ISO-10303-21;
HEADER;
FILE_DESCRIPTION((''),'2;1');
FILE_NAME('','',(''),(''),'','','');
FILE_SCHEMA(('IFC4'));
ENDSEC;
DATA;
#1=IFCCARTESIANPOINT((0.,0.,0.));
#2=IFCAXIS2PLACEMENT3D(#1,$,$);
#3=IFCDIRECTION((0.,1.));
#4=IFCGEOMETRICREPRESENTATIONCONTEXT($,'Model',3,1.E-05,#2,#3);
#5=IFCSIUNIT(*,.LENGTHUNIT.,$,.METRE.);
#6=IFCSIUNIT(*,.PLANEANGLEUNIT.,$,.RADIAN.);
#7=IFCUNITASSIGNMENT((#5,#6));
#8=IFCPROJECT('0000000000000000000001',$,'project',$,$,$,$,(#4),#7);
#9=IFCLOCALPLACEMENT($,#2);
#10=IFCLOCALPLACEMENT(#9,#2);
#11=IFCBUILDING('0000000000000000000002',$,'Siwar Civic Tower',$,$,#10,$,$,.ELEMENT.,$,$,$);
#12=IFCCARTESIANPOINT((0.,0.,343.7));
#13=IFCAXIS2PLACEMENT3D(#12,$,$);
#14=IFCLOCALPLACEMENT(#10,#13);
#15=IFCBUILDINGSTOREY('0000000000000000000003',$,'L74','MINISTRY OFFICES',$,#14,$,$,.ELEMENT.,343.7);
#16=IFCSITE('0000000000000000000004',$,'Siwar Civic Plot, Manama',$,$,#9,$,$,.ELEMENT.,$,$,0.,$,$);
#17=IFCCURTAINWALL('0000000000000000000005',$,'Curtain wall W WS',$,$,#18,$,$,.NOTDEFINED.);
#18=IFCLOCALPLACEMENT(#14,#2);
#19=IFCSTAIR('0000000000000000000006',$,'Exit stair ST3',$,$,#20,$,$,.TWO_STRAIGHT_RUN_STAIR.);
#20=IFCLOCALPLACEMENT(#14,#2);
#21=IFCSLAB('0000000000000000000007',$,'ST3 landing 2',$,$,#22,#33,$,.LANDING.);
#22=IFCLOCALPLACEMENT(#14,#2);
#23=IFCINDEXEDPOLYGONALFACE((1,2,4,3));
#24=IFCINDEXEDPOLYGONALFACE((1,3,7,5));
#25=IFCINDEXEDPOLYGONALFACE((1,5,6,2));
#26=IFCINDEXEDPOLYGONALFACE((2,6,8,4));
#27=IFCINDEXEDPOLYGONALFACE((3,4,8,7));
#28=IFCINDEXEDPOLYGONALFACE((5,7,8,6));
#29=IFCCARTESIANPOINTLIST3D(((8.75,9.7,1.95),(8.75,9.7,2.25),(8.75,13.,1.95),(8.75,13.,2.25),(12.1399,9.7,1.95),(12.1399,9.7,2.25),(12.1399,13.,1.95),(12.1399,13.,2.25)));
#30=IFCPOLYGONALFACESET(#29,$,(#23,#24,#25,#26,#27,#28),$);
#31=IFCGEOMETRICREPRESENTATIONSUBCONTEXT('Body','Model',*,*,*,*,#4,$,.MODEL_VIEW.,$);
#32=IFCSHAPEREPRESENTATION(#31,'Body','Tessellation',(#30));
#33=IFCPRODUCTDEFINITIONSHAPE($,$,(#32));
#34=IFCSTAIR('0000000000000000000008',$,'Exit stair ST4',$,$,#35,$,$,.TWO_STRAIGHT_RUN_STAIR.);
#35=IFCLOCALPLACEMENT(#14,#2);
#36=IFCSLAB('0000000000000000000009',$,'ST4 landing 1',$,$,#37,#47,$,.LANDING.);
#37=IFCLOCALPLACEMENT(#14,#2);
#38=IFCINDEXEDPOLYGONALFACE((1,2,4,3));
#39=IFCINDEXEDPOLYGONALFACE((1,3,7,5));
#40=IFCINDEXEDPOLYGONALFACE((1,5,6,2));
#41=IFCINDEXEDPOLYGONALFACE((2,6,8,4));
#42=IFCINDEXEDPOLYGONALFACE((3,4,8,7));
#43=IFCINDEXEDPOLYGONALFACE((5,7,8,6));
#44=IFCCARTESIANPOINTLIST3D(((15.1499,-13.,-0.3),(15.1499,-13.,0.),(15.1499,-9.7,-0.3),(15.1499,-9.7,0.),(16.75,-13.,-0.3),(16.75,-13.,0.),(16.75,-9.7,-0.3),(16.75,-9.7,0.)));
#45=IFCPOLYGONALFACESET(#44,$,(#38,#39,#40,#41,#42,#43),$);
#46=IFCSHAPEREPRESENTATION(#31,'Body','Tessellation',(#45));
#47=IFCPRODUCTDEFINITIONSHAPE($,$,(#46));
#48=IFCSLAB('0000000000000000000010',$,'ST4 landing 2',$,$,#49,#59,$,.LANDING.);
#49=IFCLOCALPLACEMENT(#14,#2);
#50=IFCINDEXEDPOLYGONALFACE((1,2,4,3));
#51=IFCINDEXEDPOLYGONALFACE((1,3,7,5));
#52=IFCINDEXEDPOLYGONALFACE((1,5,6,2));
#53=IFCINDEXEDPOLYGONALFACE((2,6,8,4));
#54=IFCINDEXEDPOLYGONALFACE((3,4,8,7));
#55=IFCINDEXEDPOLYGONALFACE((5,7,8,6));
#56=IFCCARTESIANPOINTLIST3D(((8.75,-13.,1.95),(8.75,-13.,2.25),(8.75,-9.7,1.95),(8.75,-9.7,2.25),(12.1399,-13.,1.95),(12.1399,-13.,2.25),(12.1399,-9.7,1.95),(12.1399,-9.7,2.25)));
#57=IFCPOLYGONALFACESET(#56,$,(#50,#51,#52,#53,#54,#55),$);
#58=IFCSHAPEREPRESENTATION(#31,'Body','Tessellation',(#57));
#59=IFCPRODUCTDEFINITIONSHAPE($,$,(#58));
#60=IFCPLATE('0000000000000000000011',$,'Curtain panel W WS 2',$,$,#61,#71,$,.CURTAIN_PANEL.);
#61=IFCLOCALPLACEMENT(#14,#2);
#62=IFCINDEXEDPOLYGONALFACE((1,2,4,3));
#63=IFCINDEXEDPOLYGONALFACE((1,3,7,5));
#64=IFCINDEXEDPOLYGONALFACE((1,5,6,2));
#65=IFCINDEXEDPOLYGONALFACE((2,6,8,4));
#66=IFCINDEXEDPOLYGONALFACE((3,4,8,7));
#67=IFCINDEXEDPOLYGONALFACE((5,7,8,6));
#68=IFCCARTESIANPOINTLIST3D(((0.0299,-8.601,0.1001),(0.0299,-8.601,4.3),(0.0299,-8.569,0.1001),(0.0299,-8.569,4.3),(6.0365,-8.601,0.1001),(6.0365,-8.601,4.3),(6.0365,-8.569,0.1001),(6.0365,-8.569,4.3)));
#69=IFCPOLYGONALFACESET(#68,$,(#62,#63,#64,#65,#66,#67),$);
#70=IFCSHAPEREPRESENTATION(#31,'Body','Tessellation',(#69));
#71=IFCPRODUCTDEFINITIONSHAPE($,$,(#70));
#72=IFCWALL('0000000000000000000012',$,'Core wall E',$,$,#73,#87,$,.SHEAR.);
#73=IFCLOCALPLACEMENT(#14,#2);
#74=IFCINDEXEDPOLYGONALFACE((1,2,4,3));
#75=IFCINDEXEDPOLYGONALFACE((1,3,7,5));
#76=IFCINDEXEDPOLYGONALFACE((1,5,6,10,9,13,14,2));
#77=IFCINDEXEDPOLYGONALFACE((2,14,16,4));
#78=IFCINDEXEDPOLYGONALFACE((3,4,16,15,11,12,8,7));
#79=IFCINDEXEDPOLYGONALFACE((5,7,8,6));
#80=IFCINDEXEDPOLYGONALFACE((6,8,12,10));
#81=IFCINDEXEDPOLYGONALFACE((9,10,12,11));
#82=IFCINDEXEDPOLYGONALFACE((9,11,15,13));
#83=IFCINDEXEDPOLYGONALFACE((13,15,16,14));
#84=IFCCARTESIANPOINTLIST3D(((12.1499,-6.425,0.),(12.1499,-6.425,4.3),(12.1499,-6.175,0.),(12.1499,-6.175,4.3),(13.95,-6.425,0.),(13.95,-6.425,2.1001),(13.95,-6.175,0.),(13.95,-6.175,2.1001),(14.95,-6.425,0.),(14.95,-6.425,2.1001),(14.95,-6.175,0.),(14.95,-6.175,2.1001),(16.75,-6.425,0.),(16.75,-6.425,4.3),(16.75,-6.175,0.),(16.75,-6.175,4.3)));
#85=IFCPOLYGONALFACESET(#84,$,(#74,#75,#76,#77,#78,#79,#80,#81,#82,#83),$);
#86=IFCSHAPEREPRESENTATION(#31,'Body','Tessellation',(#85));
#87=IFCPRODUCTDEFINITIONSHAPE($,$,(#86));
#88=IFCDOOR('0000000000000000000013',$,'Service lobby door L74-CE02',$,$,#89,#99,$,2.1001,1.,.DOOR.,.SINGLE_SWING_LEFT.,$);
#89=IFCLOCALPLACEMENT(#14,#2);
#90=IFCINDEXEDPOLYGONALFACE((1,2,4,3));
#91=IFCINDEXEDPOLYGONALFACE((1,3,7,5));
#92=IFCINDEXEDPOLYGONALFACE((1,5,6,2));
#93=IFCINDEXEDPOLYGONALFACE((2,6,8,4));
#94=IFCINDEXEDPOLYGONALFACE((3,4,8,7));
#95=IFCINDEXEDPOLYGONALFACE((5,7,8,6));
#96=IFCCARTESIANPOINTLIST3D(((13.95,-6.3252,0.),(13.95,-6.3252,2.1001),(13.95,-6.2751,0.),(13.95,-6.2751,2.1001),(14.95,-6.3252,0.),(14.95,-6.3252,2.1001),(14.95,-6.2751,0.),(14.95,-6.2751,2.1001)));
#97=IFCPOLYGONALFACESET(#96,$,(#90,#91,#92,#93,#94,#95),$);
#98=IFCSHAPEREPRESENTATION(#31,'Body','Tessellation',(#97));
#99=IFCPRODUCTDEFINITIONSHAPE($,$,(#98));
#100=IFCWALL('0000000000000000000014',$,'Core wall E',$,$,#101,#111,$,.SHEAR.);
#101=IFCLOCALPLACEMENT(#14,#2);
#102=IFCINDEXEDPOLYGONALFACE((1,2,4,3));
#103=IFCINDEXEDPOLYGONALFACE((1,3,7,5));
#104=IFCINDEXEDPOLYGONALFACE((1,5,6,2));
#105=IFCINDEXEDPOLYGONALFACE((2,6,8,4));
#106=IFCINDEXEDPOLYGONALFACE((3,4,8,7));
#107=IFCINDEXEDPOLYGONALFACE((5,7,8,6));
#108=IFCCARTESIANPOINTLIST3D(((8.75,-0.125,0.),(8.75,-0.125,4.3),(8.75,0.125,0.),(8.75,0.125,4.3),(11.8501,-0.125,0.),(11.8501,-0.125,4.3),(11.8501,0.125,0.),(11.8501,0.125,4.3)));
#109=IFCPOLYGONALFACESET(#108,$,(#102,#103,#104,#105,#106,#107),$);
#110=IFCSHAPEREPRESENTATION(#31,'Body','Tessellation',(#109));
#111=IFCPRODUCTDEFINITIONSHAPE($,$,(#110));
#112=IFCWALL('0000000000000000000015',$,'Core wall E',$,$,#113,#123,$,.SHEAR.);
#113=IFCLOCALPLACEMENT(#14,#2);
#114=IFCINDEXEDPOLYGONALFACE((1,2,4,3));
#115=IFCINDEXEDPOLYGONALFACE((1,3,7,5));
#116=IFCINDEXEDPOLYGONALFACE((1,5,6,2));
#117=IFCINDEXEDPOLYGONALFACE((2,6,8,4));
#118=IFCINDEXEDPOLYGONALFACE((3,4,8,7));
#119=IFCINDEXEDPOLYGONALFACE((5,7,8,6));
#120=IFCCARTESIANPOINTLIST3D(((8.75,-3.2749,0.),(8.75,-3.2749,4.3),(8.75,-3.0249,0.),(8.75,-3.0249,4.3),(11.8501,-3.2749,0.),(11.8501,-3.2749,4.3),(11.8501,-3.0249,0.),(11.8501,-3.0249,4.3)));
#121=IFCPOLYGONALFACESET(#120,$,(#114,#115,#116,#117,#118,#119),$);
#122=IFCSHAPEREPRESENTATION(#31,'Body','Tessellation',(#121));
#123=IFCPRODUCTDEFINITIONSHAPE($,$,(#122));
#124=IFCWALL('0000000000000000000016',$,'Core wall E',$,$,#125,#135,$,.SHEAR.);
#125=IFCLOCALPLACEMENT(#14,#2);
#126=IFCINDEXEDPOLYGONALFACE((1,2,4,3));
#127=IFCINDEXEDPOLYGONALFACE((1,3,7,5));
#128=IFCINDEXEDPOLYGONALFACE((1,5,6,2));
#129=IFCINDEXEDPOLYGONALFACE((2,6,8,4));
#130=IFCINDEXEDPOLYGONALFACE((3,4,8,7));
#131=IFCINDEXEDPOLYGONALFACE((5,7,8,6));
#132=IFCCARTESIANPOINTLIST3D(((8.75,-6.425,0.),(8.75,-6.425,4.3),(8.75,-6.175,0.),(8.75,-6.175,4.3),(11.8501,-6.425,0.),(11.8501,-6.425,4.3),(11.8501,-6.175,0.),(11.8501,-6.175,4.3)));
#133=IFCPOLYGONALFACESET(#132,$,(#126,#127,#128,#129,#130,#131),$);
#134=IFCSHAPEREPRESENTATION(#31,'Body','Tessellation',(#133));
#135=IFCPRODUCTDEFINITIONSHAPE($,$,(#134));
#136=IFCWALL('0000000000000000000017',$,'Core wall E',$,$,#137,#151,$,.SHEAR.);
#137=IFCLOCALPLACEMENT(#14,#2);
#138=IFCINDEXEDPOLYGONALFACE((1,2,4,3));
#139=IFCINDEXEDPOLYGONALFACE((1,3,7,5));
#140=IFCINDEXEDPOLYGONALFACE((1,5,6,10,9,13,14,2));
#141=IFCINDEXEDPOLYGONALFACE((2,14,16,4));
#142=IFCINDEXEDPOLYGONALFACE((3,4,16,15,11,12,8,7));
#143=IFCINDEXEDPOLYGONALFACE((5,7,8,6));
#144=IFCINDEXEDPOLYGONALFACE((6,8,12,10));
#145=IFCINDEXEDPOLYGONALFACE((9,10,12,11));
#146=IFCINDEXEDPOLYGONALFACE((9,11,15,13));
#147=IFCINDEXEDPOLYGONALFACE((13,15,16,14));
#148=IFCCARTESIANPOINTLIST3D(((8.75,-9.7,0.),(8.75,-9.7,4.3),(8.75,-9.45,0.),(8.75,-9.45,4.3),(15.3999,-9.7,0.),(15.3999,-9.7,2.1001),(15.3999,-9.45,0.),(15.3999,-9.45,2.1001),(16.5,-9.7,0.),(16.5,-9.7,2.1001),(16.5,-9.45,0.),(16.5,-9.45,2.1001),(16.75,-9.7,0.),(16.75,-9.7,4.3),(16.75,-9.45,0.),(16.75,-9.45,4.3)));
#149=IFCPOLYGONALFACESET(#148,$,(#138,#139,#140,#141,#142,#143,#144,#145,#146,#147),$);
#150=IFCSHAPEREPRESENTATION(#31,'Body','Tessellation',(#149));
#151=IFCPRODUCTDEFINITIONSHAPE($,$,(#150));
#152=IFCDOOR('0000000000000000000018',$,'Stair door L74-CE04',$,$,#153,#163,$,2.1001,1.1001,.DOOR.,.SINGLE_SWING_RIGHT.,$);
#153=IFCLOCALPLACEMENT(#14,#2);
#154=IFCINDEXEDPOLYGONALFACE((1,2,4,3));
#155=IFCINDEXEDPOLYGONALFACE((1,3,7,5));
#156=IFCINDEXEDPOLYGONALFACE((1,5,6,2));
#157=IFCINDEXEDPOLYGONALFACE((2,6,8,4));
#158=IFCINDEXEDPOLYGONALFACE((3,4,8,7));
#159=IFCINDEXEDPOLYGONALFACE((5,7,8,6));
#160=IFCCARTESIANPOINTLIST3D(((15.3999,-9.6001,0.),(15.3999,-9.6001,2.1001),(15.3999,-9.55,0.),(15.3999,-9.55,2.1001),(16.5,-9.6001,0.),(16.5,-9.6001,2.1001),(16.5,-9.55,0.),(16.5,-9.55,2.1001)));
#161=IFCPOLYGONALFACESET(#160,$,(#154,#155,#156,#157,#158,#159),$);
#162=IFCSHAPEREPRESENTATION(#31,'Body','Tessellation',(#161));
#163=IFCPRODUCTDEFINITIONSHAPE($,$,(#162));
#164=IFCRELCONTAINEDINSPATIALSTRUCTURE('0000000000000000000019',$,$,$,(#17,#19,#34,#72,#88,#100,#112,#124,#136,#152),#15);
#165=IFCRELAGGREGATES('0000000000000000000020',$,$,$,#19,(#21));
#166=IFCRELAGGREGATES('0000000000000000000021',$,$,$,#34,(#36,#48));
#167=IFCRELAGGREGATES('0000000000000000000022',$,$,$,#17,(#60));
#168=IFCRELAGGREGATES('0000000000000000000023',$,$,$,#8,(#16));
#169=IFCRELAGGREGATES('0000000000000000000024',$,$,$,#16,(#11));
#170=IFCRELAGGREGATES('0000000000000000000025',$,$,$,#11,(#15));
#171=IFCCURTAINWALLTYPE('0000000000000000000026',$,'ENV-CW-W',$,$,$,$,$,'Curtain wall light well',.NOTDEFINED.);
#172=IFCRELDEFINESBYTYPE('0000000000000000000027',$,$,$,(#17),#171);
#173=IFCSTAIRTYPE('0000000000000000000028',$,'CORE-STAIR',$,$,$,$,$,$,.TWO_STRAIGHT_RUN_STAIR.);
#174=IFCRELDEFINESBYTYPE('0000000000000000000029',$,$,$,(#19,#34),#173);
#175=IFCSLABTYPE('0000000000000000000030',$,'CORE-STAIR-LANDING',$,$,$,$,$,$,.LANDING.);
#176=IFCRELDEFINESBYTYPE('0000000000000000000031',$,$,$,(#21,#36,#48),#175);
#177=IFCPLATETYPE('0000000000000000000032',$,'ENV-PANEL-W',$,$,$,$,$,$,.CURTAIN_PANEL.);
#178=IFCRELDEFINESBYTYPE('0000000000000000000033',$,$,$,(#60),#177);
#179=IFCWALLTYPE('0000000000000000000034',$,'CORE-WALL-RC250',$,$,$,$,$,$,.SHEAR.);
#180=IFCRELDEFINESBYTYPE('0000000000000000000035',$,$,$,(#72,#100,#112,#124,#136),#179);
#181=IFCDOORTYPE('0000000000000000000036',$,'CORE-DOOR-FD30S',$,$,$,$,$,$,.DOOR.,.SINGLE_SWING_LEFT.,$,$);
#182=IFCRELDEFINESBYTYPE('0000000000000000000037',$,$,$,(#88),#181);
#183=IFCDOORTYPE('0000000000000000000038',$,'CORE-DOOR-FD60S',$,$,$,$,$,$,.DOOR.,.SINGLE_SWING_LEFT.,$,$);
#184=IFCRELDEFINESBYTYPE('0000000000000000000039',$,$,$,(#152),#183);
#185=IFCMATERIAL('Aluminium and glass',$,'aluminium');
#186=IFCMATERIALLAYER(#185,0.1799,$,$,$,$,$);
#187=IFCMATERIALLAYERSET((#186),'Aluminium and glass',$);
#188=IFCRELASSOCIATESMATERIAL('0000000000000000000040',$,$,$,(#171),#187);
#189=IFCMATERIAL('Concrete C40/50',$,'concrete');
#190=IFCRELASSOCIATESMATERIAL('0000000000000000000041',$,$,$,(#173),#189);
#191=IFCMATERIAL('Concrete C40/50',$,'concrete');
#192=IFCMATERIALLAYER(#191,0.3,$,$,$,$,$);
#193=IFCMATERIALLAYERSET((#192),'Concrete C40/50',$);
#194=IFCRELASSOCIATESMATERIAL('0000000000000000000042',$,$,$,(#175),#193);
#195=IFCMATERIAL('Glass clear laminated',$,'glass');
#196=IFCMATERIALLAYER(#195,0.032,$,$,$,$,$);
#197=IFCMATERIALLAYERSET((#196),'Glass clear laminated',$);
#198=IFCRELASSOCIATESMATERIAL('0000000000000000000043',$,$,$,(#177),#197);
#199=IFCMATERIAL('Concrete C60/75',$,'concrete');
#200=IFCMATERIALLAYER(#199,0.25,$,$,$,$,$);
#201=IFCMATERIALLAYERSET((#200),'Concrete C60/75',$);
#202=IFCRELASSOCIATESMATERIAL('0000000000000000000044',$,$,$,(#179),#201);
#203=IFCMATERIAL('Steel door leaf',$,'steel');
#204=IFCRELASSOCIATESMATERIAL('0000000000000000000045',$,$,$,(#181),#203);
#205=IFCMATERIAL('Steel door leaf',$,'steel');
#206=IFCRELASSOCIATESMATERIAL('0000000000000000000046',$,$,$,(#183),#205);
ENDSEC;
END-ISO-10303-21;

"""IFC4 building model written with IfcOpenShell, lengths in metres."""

from ifc_helpers import new_model, si_unit, direction, frame, frame_2d, origin, origin_2d, place, context, subcontext, project, spatial, polyline, rectangle, outline, extrude, material, layer, layer_set, type_object, element, fill, aggregate, save


model = new_model("IFC4")

# Units and contexts
model_context = context("Model", 3, precision=1e-05, world=origin(), true_north=direction((0.0, 1.0)))
body_context = subcontext(model_context, "Body", "Model", "MODEL_VIEW")
ifc_project = project(units=[si_unit("LENGTHUNIT", "METRE"), si_unit("PLANEANGLEUNIT", "RADIAN")], contexts=[model_context])

# Site, building, storey
site_placement = place(None, origin())
site = spatial("IfcSite", under=ifc_project, at=site_placement, Name="Siwar Civic Plot, Manama", CompositionType="ELEMENT", RefElevation=0.0)
building_placement = place(site_placement, origin())
building = spatial("IfcBuilding", under=site, at=building_placement, Name="Siwar Civic Tower", CompositionType="ELEMENT")
storey_placement = place(building_placement, frame((0.0, 0.0, 343.7)))
storey = spatial("IfcBuildingStorey", under=building, at=storey_placement, Name="L74", Description="MINISTRY OFFICES", CompositionType="ELEMENT", Elevation=343.7)

# Curtain wall
ifc_material_1 = material(Name="Aluminium and glass", Category="aluminium")
ifc_layer_1 = layer(ifc_material_1, 0.1799)
ifc_layer_set_1 = layer_set([ifc_layer_1], Name="Aluminium and glass")
curtain_wall_type = type_object("IfcCurtainWallType", Name="ENV-CW-W", ElementType="Curtain wall light well", PredefinedType="NOTDEFINED", material=ifc_layer_set_1)
curtain_wall_placement = place(storey_placement, origin())
curtain_wall = element("IfcCurtainWall", 1, at=curtain_wall_placement, inside=storey, type_object=curtain_wall_type, Name="Curtain wall W WS", PredefinedType="NOTDEFINED")

# Stairs, slabs
ifc_material_2 = material(Name="Concrete C40/50", Category="concrete")
stair_type = type_object("IfcStairType", Name="CORE-STAIR", PredefinedType="TWO_STRAIGHT_RUN_STAIR", material=ifc_material_2)
stair_1_placement = place(storey_placement, origin())
stair_1 = element("IfcStair", 2, at=stair_1_placement, inside=storey, type_object=stair_type, Name="Exit stair ST3", PredefinedType="TWO_STRAIGHT_RUN_STAIR")
ifc_material_3 = material(Name="Concrete C40/50", Category="concrete")
ifc_layer_2 = layer(ifc_material_3, 0.3)
ifc_layer_set_2 = layer_set([ifc_layer_2], Name="Concrete C40/50")
slab_type_1 = type_object("IfcSlabType", Name="CORE-STAIR-LANDING", PredefinedType="LANDING", material=ifc_layer_set_2)
slab_1_placement = place(storey_placement, frame((0.0, 0.0, 1.95)))
slab_1 = element("IfcSlab", 3, at=slab_1_placement, type_object=slab_type_1, Name="ST3 landing 2", PredefinedType="LANDING", context=body_context, shape_type="SweptSolid", body=[
    extrude(outline(polyline([(8.75, 9.7), (12.1399, 9.7), (12.1399, 13.0), (8.75, 13.0), (8.75, 9.7)])), origin(), (0.0, 0.0, 1.0), 0.3),
])
aggregate(stair_1, [slab_1])
stair_2_placement = place(storey_placement, origin())
stair_2 = element("IfcStair", 4, at=stair_2_placement, inside=storey, type_object=stair_type, Name="Exit stair ST4", PredefinedType="TWO_STRAIGHT_RUN_STAIR")
slab_2_placement = place(storey_placement, frame((0.0, 0.0, -0.3)))
slab_2 = element("IfcSlab", 5, at=slab_2_placement, type_object=slab_type_1, Name="ST4 landing 1", PredefinedType="LANDING", context=body_context, shape_type="SweptSolid", body=[
    extrude(outline(polyline([(15.1499, -13.0), (16.75, -13.0), (16.75, -9.7), (15.1499, -9.7), (15.1499, -13.0)])), origin(), (0.0, 0.0, 1.0), 0.3),
])
slab_3_placement = place(storey_placement, frame((0.0, 0.0, 1.95)))
slab_3 = element("IfcSlab", 6, at=slab_3_placement, type_object=slab_type_1, Name="ST4 landing 2", PredefinedType="LANDING", context=body_context, shape_type="SweptSolid", body=[
    extrude(outline(polyline([(8.75, -13.0), (12.1399, -13.0), (12.1399, -9.7), (8.75, -9.7), (8.75, -13.0)])), origin(), (0.0, 0.0, 1.0), 0.3),
])
aggregate(stair_2, [slab_2, slab_3])

# Plate
ifc_material_4 = material(Name="Glass clear laminated", Category="glass")
ifc_layer_3 = layer(ifc_material_4, 0.032)
ifc_layer_set_3 = layer_set([ifc_layer_3], Name="Glass clear laminated")
plate_type = type_object("IfcPlateType", Name="ENV-PANEL-W", PredefinedType="CURTAIN_PANEL", material=ifc_layer_set_3)
plate_placement = place(storey_placement, frame((3.0332, -8.585, 0.1001), z_axis=(0.0, 0.0, 1.0), x_axis=(1.0, 0.0, 0.0)))
plate = element("IfcPlate", 7, at=plate_placement, type_object=plate_type, Name="Curtain panel W WS 2", PredefinedType="CURTAIN_PANEL", context=body_context, shape_type="SweptSolid", body=[
    extrude(rectangle(XDim=6.0066, YDim=0.032, at=origin_2d()), origin(), (0.0, 0.0, 1.0), 4.2),
])
aggregate(curtain_wall, [plate])

# Wall, opening, door
ifc_material_5 = material(Name="Concrete C60/75", Category="concrete")
ifc_layer_4 = layer(ifc_material_5, 0.25)
ifc_layer_set_4 = layer_set([ifc_layer_4], Name="Concrete C60/75")
wall_type_1 = type_object("IfcWallType", Name="CORE-WALL-RC250", PredefinedType="SHEAR", material=ifc_layer_set_4)
wall_1_placement = place(storey_placement, frame((12.1499, -6.3, 0.0), z_axis=(0.0, 0.0, 1.0), x_axis=(1.0, 0.0, 0.0)))
wall_1 = element("IfcWall", 8, at=wall_1_placement, inside=storey, type_object=wall_type_1, Name="Core wall E", PredefinedType="SHEAR", context=body_context, shape_type="SweptSolid", body=[
    extrude(rectangle(XDim=4.6001, YDim=0.25, at=frame_2d((2.3, 0.0))), origin(), (0.0, 0.0, 1.0), 4.3),
])
opening_1_placement = place(wall_1_placement, frame((1.8, 0.0, 0.0)))
opening_1 = element("IfcOpeningElement", 9, at=opening_1_placement, cuts=wall_1, PredefinedType="OPENING", context=body_context, shape_type="SweptSolid", body=[
    extrude(rectangle(XDim=1.0, YDim=2.1001, at=frame_2d((0.5, 1.05))), frame((0.0, 0.135, 0.0), z_axis=(0.0, -1.0, 0.0), x_axis=(1.0, 0.0, 0.0)), (0.0, 0.0, 1.0), 0.27),
])
ifc_material_6 = material(Name="Steel door leaf", Category="steel")
door_type_1 = type_object("IfcDoorType", Name="CORE-DOOR-FD30S", OperationType="SINGLE_SWING_LEFT", PredefinedType="DOOR", material=ifc_material_6)
door_1_placement = place(opening_1_placement, origin())
door_1 = element("IfcDoor", 10, at=door_1_placement, inside=storey, type_object=door_type_1, Name="Service lobby door L74-CE02", OperationType="SINGLE_SWING_LEFT", OverallHeight=2.1001, OverallWidth=1.0, PredefinedType="DOOR", context=body_context, shape_type="SweptSolid", body=[
    extrude(rectangle(XDim=1.0, YDim=2.1001, at=frame_2d((0.5, 1.05))), frame((0.0, 0.0249, 0.0), z_axis=(0.0, -1.0, 0.0), x_axis=(1.0, 0.0, 0.0)), (0.0, 0.0, 1.0), 0.05),
])
fill(opening_1, door_1)

# Walls
for number, where, z_axis, x_axis, name in (
    (11, (8.75, 0.0, 0.0), (0.0, 0.0, 1.0), (1.0, 0.0, 0.0), "Core wall E"),
    (12, (8.75, -3.1499, 0.0), (0.0, 0.0, 1.0), (1.0, 0.0, 0.0), "Core wall E"),
    (13, (8.75, -6.3, 0.0), (0.0, 0.0, 1.0), (1.0, 0.0, 0.0), "Core wall E"),
):
    element("IfcWall", number, at=place(storey_placement, frame(where, z_axis=z_axis, x_axis=x_axis)), inside=storey, type_object=wall_type_1, Name=name, PredefinedType="SHEAR", context=body_context, shape_type="SweptSolid", body=[
        extrude(rectangle(XDim=3.1001, YDim=0.25, at=frame_2d((1.55, 0.0))), origin(), (0.0, 0.0, 1.0), 4.3),
    ])

# Wall, opening, door
wall_2_placement = place(storey_placement, frame((8.75, -9.575, 0.0), z_axis=(0.0, 0.0, 1.0), x_axis=(1.0, 0.0, 0.0)))
wall_2 = element("IfcWall", 14, at=wall_2_placement, inside=storey, type_object=wall_type_1, Name="Core wall E", PredefinedType="SHEAR", context=body_context, shape_type="SweptSolid", body=[
    extrude(rectangle(XDim=8.0, YDim=0.25, at=frame_2d((4.0, 0.0))), origin(), (0.0, 0.0, 1.0), 4.3),
])
opening_2_placement = place(wall_2_placement, frame((6.6499, 0.0, 0.0)))
opening_2 = element("IfcOpeningElement", 15, at=opening_2_placement, cuts=wall_2, PredefinedType="OPENING", context=body_context, shape_type="SweptSolid", body=[
    extrude(rectangle(XDim=1.1001, YDim=2.1001, at=frame_2d((0.55, 1.05))), frame((0.0, 0.135, 0.0), z_axis=(0.0, -1.0, 0.0), x_axis=(1.0, 0.0, 0.0)), (0.0, 0.0, 1.0), 0.27),
])
ifc_material_7 = material(Name="Steel door leaf", Category="steel")
door_type_2 = type_object("IfcDoorType", Name="CORE-DOOR-FD60S", OperationType="SINGLE_SWING_LEFT", PredefinedType="DOOR", material=ifc_material_7)
door_2_placement = place(opening_2_placement, origin())
door_2 = element("IfcDoor", 16, at=door_2_placement, inside=storey, type_object=door_type_2, Name="Stair door L74-CE04", OperationType="SINGLE_SWING_RIGHT", OverallHeight=2.1001, OverallWidth=1.1001, PredefinedType="DOOR", context=body_context, shape_type="SweptSolid", body=[
    extrude(rectangle(XDim=1.1001, YDim=2.1001, at=frame_2d((0.55, 1.05))), frame((0.0, 0.0249, 0.0), z_axis=(0.0, -1.0, 0.0), x_axis=(1.0, 0.0, 0.0)), (0.0, 0.0, 1.0), 0.05),
])
fill(opening_2, door_2)

save(model, "model.ifc")
